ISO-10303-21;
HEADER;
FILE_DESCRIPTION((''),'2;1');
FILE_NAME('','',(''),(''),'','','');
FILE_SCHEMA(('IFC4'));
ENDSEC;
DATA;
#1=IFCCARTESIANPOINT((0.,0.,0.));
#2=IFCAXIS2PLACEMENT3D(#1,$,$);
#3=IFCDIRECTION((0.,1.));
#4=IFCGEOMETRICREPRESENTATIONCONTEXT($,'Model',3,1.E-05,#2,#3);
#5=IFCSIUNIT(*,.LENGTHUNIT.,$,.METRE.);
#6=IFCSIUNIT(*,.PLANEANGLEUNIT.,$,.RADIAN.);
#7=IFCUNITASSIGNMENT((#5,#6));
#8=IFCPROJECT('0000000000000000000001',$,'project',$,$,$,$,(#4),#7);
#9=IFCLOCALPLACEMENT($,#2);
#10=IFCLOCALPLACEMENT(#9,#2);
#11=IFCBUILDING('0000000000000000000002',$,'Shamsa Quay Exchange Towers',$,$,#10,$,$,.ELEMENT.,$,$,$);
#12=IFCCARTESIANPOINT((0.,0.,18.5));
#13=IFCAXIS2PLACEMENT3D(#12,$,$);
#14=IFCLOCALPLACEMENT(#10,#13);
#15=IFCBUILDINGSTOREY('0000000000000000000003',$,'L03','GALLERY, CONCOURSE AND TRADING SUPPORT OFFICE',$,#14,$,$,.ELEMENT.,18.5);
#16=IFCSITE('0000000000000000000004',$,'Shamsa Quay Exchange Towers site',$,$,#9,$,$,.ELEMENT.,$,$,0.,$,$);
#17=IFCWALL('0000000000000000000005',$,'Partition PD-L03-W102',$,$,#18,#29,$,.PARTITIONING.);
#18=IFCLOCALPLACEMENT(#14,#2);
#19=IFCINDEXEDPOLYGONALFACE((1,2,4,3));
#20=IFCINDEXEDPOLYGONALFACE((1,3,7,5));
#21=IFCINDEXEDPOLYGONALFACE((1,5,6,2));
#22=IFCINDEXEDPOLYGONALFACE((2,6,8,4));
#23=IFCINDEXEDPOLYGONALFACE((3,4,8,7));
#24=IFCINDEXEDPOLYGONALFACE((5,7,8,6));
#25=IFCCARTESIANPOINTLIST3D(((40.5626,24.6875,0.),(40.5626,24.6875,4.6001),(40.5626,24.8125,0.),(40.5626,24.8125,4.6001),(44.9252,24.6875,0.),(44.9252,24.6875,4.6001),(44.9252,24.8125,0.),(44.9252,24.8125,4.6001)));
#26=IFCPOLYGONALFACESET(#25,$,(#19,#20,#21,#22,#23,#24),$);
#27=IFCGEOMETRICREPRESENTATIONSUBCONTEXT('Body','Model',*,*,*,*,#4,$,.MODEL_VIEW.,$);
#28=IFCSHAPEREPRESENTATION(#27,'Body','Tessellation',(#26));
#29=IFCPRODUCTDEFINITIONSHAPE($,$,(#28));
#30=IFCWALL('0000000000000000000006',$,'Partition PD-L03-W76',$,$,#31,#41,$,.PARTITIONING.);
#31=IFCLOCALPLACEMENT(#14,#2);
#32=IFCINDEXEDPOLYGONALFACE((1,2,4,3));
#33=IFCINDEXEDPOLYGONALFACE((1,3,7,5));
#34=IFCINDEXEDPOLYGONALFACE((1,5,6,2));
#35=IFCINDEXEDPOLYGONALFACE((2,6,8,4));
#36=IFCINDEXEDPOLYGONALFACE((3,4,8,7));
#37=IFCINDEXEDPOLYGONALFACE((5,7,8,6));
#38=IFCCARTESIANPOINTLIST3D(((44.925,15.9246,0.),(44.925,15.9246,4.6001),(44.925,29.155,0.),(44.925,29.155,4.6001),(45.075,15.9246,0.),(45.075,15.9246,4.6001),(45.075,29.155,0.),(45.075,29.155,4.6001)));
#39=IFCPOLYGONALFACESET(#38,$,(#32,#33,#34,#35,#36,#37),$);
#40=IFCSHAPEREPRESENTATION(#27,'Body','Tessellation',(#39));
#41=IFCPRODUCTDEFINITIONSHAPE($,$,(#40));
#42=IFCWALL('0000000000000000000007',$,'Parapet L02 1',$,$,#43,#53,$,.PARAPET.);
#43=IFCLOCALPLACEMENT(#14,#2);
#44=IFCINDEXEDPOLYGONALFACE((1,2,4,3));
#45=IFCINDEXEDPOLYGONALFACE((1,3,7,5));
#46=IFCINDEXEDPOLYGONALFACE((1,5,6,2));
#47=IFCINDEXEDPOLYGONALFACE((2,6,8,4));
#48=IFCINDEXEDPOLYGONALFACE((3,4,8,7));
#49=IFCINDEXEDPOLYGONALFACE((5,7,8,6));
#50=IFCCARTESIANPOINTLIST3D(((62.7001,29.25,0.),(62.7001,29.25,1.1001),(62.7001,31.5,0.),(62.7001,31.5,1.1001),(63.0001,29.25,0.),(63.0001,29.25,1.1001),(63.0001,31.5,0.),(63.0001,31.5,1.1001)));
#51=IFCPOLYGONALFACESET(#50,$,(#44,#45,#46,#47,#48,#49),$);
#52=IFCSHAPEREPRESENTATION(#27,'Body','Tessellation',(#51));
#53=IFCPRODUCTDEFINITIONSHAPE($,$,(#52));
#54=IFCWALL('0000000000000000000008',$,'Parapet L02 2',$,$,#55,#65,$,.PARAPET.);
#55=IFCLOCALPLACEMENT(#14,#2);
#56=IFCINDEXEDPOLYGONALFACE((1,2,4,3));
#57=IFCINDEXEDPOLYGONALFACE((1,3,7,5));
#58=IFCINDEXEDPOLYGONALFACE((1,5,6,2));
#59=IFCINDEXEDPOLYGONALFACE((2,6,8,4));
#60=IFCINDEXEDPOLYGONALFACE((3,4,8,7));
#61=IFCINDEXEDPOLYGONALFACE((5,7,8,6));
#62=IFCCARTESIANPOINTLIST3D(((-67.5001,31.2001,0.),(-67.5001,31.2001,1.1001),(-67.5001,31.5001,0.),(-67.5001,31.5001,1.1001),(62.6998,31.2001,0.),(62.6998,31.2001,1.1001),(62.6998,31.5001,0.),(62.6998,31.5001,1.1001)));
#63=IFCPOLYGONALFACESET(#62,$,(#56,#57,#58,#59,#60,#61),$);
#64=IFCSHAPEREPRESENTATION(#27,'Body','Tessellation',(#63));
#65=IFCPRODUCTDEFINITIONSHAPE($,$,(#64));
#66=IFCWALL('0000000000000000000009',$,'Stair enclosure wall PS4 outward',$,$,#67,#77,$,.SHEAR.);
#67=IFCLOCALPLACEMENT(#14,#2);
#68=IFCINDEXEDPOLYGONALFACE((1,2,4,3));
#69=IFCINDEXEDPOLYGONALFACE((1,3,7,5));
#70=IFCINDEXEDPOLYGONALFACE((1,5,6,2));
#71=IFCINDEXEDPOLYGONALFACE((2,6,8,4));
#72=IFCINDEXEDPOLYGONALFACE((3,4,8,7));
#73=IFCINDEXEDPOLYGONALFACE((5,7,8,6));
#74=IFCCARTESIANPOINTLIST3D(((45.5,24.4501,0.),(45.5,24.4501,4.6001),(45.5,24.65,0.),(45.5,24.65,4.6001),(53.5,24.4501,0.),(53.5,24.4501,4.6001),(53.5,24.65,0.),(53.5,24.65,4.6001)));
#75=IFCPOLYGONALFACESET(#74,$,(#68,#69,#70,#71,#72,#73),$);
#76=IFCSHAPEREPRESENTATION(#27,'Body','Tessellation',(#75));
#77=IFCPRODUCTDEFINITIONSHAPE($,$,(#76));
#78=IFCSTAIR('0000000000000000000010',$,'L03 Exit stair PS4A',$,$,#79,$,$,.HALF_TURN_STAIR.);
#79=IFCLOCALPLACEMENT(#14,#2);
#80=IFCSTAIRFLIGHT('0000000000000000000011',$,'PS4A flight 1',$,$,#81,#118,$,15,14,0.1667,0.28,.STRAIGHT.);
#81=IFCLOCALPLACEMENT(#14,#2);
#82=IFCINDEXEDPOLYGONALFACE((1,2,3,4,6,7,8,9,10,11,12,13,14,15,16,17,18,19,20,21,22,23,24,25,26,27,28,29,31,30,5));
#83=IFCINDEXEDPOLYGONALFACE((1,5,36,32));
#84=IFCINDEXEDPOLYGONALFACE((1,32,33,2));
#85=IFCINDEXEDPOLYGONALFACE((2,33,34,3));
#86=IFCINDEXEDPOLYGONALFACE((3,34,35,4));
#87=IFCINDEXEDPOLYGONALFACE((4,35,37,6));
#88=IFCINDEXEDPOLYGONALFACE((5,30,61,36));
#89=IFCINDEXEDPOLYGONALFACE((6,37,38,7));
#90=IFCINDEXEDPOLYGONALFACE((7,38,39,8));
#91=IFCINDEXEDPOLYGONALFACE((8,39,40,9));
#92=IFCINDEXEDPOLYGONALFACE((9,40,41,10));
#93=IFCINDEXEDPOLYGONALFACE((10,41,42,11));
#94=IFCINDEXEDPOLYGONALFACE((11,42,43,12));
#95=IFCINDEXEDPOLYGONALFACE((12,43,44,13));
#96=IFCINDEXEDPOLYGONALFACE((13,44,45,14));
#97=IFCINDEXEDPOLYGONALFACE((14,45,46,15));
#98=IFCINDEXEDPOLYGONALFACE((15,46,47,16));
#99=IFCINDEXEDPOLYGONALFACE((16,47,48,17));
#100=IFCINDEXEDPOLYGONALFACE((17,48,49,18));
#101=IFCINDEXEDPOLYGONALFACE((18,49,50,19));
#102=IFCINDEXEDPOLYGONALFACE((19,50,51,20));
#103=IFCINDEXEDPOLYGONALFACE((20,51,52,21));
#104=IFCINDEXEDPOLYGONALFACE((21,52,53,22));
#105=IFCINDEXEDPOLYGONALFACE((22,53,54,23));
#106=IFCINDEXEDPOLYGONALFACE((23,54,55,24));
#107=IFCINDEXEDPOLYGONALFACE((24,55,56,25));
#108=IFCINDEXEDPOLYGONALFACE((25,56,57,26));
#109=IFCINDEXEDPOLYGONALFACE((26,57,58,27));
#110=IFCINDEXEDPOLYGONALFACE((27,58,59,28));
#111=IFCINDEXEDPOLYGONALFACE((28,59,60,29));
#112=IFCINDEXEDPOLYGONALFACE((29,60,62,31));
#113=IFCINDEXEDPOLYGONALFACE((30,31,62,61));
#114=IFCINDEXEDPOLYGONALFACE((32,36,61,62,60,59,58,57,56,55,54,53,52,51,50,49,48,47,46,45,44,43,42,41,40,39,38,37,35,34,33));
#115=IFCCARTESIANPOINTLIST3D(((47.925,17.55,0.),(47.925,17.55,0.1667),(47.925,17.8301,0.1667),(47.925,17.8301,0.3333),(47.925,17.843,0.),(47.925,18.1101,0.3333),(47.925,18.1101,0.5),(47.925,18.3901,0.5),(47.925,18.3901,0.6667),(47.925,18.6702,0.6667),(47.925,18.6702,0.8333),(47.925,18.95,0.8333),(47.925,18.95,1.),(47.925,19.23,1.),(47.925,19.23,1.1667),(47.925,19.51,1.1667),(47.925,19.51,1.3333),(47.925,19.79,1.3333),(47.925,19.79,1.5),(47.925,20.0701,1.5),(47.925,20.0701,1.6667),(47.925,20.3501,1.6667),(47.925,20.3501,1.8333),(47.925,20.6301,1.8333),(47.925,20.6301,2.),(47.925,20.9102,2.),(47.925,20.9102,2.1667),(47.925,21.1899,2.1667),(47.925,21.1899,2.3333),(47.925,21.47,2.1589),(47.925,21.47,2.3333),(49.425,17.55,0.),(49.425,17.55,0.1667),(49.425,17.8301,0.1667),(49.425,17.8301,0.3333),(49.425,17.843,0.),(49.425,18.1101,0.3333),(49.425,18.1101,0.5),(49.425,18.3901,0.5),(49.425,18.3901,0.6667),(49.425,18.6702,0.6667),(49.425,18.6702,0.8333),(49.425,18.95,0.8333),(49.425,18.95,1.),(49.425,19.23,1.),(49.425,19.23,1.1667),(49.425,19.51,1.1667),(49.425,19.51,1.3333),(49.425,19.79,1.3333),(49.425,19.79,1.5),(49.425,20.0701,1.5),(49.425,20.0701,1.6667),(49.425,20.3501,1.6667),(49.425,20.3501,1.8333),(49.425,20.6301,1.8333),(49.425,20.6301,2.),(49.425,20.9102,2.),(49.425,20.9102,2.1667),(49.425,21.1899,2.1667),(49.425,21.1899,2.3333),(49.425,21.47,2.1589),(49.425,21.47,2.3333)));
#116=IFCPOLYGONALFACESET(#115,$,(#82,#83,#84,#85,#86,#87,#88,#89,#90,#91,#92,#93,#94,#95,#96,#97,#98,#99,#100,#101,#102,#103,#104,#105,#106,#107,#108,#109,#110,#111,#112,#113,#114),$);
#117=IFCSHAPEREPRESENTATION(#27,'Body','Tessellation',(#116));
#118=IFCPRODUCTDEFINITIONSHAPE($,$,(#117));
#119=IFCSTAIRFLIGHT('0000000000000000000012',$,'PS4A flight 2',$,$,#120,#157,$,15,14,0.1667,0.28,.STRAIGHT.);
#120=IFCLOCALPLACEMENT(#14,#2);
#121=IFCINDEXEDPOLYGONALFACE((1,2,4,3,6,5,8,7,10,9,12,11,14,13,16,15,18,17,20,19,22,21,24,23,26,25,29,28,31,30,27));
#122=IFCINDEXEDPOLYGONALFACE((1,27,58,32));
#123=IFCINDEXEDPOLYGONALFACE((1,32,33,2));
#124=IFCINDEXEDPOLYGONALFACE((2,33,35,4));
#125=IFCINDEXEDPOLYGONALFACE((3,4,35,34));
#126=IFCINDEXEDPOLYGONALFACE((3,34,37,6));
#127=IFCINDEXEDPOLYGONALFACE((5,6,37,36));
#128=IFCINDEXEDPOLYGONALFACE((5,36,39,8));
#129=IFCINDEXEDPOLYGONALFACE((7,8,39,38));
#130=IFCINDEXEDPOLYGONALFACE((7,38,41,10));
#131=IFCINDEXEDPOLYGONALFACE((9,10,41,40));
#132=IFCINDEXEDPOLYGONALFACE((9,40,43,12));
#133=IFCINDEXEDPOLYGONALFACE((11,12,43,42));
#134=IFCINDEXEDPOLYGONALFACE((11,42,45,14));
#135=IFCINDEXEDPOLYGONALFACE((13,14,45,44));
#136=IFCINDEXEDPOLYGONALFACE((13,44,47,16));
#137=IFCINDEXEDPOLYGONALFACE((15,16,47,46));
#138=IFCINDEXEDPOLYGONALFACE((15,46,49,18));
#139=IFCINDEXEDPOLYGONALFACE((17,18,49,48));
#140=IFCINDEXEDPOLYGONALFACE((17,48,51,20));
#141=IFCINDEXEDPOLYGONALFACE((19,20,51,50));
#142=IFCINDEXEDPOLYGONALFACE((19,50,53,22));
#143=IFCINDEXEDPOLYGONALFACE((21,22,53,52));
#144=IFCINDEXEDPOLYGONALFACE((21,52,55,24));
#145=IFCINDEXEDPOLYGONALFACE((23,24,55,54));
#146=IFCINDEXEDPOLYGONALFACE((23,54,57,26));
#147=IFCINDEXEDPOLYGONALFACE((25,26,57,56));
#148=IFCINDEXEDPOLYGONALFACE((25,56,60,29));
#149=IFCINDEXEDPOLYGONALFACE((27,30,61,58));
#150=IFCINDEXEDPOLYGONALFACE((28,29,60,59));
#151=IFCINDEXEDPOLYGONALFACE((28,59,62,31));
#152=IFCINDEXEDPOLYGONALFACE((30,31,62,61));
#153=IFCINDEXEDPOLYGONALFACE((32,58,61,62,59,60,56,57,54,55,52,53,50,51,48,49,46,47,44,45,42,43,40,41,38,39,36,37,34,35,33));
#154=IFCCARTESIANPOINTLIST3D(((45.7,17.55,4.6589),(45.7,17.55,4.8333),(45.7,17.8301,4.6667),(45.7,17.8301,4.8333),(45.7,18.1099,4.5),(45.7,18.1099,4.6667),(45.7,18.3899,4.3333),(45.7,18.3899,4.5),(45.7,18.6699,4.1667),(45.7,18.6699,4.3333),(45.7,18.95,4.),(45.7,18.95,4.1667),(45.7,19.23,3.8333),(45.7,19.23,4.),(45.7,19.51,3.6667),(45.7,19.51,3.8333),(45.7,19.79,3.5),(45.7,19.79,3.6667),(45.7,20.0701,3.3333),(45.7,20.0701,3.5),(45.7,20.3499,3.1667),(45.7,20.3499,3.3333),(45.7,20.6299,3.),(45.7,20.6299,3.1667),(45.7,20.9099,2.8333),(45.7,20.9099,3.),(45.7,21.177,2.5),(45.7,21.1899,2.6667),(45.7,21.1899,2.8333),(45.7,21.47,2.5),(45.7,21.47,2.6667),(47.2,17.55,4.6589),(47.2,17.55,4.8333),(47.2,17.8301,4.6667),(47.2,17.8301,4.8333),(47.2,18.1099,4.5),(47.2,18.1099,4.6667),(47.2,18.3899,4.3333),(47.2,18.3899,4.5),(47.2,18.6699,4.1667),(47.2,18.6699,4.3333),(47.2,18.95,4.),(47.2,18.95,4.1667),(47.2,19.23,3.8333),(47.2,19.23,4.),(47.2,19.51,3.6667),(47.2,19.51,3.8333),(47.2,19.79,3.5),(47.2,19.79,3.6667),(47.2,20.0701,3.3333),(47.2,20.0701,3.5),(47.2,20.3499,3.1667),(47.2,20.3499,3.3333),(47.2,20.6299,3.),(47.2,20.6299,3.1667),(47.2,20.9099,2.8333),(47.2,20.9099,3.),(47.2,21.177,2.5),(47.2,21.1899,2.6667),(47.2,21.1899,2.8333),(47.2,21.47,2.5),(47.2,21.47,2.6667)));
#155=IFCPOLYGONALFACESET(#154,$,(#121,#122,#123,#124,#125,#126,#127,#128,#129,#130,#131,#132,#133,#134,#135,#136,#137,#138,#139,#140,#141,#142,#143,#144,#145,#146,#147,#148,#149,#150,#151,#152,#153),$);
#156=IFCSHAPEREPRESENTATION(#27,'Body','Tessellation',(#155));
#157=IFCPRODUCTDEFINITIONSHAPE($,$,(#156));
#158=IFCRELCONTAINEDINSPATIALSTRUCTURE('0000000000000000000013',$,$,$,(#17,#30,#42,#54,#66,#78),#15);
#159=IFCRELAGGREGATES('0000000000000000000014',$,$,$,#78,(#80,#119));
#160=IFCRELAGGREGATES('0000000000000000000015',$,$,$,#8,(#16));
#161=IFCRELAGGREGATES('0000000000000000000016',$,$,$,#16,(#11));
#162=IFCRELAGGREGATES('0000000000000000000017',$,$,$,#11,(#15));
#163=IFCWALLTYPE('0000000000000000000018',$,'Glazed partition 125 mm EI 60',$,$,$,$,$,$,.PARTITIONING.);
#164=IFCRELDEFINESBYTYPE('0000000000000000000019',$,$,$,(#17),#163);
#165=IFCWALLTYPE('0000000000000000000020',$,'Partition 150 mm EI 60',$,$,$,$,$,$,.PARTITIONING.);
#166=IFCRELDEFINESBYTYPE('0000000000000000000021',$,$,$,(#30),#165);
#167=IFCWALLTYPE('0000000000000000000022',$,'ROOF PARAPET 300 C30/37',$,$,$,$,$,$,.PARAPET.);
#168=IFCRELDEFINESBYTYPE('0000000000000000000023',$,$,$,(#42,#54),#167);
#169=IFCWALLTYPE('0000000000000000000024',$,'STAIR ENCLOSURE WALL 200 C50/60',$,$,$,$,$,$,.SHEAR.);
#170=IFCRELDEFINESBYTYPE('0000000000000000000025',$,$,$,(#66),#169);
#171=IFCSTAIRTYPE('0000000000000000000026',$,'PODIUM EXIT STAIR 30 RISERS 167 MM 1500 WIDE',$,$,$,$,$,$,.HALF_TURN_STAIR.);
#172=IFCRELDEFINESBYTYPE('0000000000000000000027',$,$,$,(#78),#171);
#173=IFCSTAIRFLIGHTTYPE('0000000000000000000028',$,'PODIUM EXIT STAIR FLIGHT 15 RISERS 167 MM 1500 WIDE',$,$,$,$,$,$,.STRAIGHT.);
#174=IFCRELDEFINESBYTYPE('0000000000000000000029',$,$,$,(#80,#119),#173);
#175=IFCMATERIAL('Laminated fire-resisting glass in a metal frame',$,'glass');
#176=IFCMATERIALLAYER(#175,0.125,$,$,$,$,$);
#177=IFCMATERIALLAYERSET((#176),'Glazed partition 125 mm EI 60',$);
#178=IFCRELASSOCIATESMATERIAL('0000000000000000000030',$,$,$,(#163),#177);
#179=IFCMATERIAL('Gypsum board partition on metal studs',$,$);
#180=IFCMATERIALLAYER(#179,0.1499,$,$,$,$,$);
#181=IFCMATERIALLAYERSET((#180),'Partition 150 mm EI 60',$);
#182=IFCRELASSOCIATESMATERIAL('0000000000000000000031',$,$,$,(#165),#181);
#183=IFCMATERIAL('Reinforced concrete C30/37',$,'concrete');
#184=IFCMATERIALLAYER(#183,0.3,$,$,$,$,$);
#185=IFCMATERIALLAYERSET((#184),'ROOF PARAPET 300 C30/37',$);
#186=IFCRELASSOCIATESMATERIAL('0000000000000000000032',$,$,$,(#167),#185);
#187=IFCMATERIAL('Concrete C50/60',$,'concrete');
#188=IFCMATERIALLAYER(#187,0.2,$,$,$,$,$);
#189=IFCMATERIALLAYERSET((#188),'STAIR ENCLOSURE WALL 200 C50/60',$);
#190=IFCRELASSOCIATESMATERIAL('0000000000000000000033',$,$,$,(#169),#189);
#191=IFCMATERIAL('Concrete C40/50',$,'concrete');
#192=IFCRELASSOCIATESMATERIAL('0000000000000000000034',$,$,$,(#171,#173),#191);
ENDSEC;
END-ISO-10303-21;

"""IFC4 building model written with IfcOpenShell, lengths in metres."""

from ifc_helpers import new_model, si_unit, direction, frame, frame_2d, origin, place, context, subcontext, project, spatial, polyline, rectangle, outline, extrude, material, layer, layer_set, type_object, element, aggregate, save


model = new_model("IFC4")

# Units and contexts
model_context = context("Model", 3, precision=1e-05, world=origin(), true_north=direction((0.0, 1.0)))
body_context = subcontext(model_context, "Body", "Model", "MODEL_VIEW")
ifc_project = project(units=[si_unit("LENGTHUNIT", "METRE"), si_unit("PLANEANGLEUNIT", "RADIAN")], contexts=[model_context])

# Site, building, storey
site_placement = place(None, origin())
site = spatial("IfcSite", under=ifc_project, at=site_placement, Name="Shamsa Quay Exchange Towers site", CompositionType="ELEMENT", RefElevation=0.0)
building_placement = place(site_placement, origin())
building = spatial("IfcBuilding", under=site, at=building_placement, Name="Shamsa Quay Exchange Towers", CompositionType="ELEMENT")
storey_placement = place(building_placement, frame((0.0, 0.0, 18.5)))
storey = spatial("IfcBuildingStorey", under=building, at=storey_placement, Name="L03", Description="GALLERY, CONCOURSE AND TRADING SUPPORT OFFICE", CompositionType="ELEMENT", Elevation=18.5)

# Shared definitions
ifc_material_1 = material(Name="Laminated fire-resisting glass in a metal frame", Category="glass")
ifc_layer_1 = layer(ifc_material_1, 0.125)
ifc_layer_set_1 = layer_set([ifc_layer_1], Name="Glazed partition 125 mm EI 60")
wall_type_1 = type_object("IfcWallType", Name="Glazed partition 125 mm EI 60", PredefinedType="PARTITIONING", material=ifc_layer_set_1)

# Walls
wall_1_placement = place(storey_placement, frame((44.925, 24.75, 0.0), z_axis=(0.0, 0.0, 1.0), x_axis=(-1.0, 0.0, 0.0)))
element("IfcWall", 1, at=wall_1_placement, inside=storey, type_object=wall_type_1, Name="Partition PD-L03-W102", PredefinedType="PARTITIONING", context=body_context, shape_type="SweptSolid", body=[
    extrude(rectangle(XDim=4.3625, YDim=0.125, at=frame_2d((2.1812, 0.0))), origin(), (0.0, 0.0, 1.0), 4.6001),
])
ifc_material_2 = material(Name="Gypsum board partition on metal studs")
ifc_layer_2 = layer(ifc_material_2, 0.1499)
ifc_layer_set_2 = layer_set([ifc_layer_2], Name="Partition 150 mm EI 60")
wall_type_2 = type_object("IfcWallType", Name="Partition 150 mm EI 60", PredefinedType="PARTITIONING", material=ifc_layer_set_2)
wall_2_placement = place(storey_placement, frame((45.0, 29.155, 0.0), z_axis=(0.0, 0.0, 1.0), x_axis=(0.0, -1.0, 0.0)))
element("IfcWall", 2, at=wall_2_placement, inside=storey, type_object=wall_type_2, Name="Partition PD-L03-W76", PredefinedType="PARTITIONING", context=body_context, shape_type="SweptSolid", body=[
    extrude(rectangle(XDim=13.2305, YDim=0.1499, at=frame_2d((6.6152, 0.0))), origin(), (0.0, 0.0, 1.0), 4.6001),
])
ifc_material_3 = material(Name="Reinforced concrete C30/37", Category="concrete")
ifc_layer_3 = layer(ifc_material_3, 0.3)
ifc_layer_set_3 = layer_set([ifc_layer_3], Name="ROOF PARAPET 300 C30/37")
wall_type_3 = type_object("IfcWallType", Name="ROOF PARAPET 300 C30/37", PredefinedType="PARAPET", material=ifc_layer_set_3)
wall_3_placement = place(storey_placement, frame((62.8501, 29.25, 0.0), z_axis=(0.0, 0.0, 1.0), x_axis=(0.0, 1.0, 0.0)))
element("IfcWall", 3, at=wall_3_placement, inside=storey, type_object=wall_type_3, Name="Parapet L02 1", PredefinedType="PARAPET", context=body_context, shape_type="SweptSolid", body=[
    extrude(rectangle(XDim=2.25, YDim=0.3, at=frame_2d((1.125, 0.0))), origin(), (0.0, 0.0, 1.0), 1.1001),
])
wall_4_placement = place(storey_placement, frame((62.7, 31.3501, 0.0), z_axis=(0.0, 0.0, 1.0), x_axis=(-1.0, 0.0, 0.0)))
element("IfcWall", 4, at=wall_4_placement, inside=storey, type_object=wall_type_3, Name="Parapet L02 2", PredefinedType="PARAPET", context=body_context, shape_type="SweptSolid", body=[
    extrude(rectangle(XDim=130.2, YDim=0.3, at=frame_2d((65.1001, 0.0))), origin(), (0.0, 0.0, 1.0), 1.1001),
])
ifc_material_4 = material(Name="Concrete C50/60", Category="concrete")
ifc_layer_4 = layer(ifc_material_4, 0.2)
ifc_layer_set_4 = layer_set([ifc_layer_4], Name="STAIR ENCLOSURE WALL 200 C50/60")
wall_type_4 = type_object("IfcWallType", Name="STAIR ENCLOSURE WALL 200 C50/60", PredefinedType="SHEAR", material=ifc_layer_set_4)
wall_5_placement = place(storey_placement, frame((45.5, 24.55, 0.0)))
element("IfcWall", 5, at=wall_5_placement, inside=storey, type_object=wall_type_4, Name="Stair enclosure wall PS4 outward", PredefinedType="SHEAR", context=body_context, shape_type="SweptSolid", body=[
    extrude(rectangle(XDim=8.0, YDim=0.2, at=frame_2d((4.0, 0.0))), origin(), (0.0, 0.0, 1.0), 4.6001),
])

# Stair, stair flights
ifc_material_5 = material(Name="Concrete C40/50", Category="concrete")
stair_type = type_object("IfcStairType", Name="PODIUM EXIT STAIR 30 RISERS 167 MM 1500 WIDE", PredefinedType="HALF_TURN_STAIR", material=ifc_material_5)
stair_1_placement = place(storey_placement, origin())
stair_1 = element("IfcStair", 6, at=stair_1_placement, inside=storey, type_object=stair_type, Name="L03 Exit stair PS4A", PredefinedType="HALF_TURN_STAIR")
stair_flight_type = type_object("IfcStairFlightType", Name="PODIUM EXIT STAIR FLIGHT 15 RISERS 167 MM 1500 WIDE", PredefinedType="STRAIGHT", material=ifc_material_5)
stair_flight_1_placement = place(storey_placement, frame((48.675, 17.55, 0.0), z_axis=(0.0, 0.0, 1.0), x_axis=(0.0, 1.0, 0.0)))
stair_flight_1 = element("IfcStairFlight", 7, at=stair_flight_1_placement, type_object=stair_flight_type, Name="PS4A flight 1", NumberOfRisers=15, NumberOfTreads=14, PredefinedType="STRAIGHT", RiserHeight=0.1667, TreadLength=0.28, context=body_context, shape_type="SweptSolid", body=[
    extrude(outline(polyline([(0.0, 0.0), (0.0, 0.1667), (0.28, 0.1667), (0.28, 0.3333), (0.5601, 0.3333), (0.5601, 0.5), (0.8401, 0.5), (0.8401, 0.6667), (1.1201, 0.6667), (1.1201, 0.8333), (1.3999, 0.8333), (1.3999, 1.0), (1.6799, 1.0), (1.6799, 1.1667), (1.96, 1.1667), (1.96, 1.3333), (2.24, 1.3333), (2.24, 1.5), (2.52, 1.5), (2.52, 1.6667), (2.8, 1.6667), (2.8, 1.8333), (3.0801, 1.8333), (3.0801, 2.0), (3.3601, 2.0), (3.3601, 2.1667), (3.6399, 2.1667), (3.6399, 2.3333), (3.9199, 2.3333), (3.9199, 2.5), (3.9199, 2.1589), (0.293, 0.0), (0.0, 0.0)])), frame((0.0, 0.75, 0.0), z_axis=(0.0, -1.0, 0.0), x_axis=(1.0, 0.0, 0.0)), (0.0, 0.0, 1.0), 1.5),
])
stair_flight_2_placement = place(storey_placement, frame((46.45, 21.47, 2.5), z_axis=(0.0, 0.0, 1.0), x_axis=(0.0, -1.0, 0.0)))
stair_flight_2 = element("IfcStairFlight", 8, at=stair_flight_2_placement, type_object=stair_flight_type, Name="PS4A flight 2", NumberOfRisers=15, NumberOfTreads=14, PredefinedType="STRAIGHT", RiserHeight=0.1667, TreadLength=0.28, context=body_context, shape_type="SweptSolid", body=[
    extrude(outline(polyline([(0.0, 0.0), (0.0, 0.1667), (0.28, 0.1667), (0.28, 0.3333), (0.5601, 0.3333), (0.5601, 0.5), (0.8401, 0.5), (0.8401, 0.6667), (1.1201, 0.6667), (1.1201, 0.8333), (1.3999, 0.8333), (1.3999, 1.0), (1.6799, 1.0), (1.6799, 1.1667), (1.96, 1.1667), (1.96, 1.3333), (2.24, 1.3333), (2.24, 1.5), (2.52, 1.5), (2.52, 1.6667), (2.8, 1.6667), (2.8, 1.8333), (3.0801, 1.8333), (3.0801, 2.0), (3.3601, 2.0), (3.3601, 2.1667), (3.6399, 2.1667), (3.6399, 2.3333), (3.9199, 2.3333), (3.9199, 2.5), (3.9199, 2.1589), (0.293, 0.0), (0.0, 0.0)])), frame((0.0, 0.75, 0.0), z_axis=(0.0, -1.0, 0.0), x_axis=(1.0, 0.0, 0.0)), (0.0, 0.0, 1.0), 1.5),
])
aggregate(stair_1, [stair_flight_1, stair_flight_2])

save(model, "model.ifc")
